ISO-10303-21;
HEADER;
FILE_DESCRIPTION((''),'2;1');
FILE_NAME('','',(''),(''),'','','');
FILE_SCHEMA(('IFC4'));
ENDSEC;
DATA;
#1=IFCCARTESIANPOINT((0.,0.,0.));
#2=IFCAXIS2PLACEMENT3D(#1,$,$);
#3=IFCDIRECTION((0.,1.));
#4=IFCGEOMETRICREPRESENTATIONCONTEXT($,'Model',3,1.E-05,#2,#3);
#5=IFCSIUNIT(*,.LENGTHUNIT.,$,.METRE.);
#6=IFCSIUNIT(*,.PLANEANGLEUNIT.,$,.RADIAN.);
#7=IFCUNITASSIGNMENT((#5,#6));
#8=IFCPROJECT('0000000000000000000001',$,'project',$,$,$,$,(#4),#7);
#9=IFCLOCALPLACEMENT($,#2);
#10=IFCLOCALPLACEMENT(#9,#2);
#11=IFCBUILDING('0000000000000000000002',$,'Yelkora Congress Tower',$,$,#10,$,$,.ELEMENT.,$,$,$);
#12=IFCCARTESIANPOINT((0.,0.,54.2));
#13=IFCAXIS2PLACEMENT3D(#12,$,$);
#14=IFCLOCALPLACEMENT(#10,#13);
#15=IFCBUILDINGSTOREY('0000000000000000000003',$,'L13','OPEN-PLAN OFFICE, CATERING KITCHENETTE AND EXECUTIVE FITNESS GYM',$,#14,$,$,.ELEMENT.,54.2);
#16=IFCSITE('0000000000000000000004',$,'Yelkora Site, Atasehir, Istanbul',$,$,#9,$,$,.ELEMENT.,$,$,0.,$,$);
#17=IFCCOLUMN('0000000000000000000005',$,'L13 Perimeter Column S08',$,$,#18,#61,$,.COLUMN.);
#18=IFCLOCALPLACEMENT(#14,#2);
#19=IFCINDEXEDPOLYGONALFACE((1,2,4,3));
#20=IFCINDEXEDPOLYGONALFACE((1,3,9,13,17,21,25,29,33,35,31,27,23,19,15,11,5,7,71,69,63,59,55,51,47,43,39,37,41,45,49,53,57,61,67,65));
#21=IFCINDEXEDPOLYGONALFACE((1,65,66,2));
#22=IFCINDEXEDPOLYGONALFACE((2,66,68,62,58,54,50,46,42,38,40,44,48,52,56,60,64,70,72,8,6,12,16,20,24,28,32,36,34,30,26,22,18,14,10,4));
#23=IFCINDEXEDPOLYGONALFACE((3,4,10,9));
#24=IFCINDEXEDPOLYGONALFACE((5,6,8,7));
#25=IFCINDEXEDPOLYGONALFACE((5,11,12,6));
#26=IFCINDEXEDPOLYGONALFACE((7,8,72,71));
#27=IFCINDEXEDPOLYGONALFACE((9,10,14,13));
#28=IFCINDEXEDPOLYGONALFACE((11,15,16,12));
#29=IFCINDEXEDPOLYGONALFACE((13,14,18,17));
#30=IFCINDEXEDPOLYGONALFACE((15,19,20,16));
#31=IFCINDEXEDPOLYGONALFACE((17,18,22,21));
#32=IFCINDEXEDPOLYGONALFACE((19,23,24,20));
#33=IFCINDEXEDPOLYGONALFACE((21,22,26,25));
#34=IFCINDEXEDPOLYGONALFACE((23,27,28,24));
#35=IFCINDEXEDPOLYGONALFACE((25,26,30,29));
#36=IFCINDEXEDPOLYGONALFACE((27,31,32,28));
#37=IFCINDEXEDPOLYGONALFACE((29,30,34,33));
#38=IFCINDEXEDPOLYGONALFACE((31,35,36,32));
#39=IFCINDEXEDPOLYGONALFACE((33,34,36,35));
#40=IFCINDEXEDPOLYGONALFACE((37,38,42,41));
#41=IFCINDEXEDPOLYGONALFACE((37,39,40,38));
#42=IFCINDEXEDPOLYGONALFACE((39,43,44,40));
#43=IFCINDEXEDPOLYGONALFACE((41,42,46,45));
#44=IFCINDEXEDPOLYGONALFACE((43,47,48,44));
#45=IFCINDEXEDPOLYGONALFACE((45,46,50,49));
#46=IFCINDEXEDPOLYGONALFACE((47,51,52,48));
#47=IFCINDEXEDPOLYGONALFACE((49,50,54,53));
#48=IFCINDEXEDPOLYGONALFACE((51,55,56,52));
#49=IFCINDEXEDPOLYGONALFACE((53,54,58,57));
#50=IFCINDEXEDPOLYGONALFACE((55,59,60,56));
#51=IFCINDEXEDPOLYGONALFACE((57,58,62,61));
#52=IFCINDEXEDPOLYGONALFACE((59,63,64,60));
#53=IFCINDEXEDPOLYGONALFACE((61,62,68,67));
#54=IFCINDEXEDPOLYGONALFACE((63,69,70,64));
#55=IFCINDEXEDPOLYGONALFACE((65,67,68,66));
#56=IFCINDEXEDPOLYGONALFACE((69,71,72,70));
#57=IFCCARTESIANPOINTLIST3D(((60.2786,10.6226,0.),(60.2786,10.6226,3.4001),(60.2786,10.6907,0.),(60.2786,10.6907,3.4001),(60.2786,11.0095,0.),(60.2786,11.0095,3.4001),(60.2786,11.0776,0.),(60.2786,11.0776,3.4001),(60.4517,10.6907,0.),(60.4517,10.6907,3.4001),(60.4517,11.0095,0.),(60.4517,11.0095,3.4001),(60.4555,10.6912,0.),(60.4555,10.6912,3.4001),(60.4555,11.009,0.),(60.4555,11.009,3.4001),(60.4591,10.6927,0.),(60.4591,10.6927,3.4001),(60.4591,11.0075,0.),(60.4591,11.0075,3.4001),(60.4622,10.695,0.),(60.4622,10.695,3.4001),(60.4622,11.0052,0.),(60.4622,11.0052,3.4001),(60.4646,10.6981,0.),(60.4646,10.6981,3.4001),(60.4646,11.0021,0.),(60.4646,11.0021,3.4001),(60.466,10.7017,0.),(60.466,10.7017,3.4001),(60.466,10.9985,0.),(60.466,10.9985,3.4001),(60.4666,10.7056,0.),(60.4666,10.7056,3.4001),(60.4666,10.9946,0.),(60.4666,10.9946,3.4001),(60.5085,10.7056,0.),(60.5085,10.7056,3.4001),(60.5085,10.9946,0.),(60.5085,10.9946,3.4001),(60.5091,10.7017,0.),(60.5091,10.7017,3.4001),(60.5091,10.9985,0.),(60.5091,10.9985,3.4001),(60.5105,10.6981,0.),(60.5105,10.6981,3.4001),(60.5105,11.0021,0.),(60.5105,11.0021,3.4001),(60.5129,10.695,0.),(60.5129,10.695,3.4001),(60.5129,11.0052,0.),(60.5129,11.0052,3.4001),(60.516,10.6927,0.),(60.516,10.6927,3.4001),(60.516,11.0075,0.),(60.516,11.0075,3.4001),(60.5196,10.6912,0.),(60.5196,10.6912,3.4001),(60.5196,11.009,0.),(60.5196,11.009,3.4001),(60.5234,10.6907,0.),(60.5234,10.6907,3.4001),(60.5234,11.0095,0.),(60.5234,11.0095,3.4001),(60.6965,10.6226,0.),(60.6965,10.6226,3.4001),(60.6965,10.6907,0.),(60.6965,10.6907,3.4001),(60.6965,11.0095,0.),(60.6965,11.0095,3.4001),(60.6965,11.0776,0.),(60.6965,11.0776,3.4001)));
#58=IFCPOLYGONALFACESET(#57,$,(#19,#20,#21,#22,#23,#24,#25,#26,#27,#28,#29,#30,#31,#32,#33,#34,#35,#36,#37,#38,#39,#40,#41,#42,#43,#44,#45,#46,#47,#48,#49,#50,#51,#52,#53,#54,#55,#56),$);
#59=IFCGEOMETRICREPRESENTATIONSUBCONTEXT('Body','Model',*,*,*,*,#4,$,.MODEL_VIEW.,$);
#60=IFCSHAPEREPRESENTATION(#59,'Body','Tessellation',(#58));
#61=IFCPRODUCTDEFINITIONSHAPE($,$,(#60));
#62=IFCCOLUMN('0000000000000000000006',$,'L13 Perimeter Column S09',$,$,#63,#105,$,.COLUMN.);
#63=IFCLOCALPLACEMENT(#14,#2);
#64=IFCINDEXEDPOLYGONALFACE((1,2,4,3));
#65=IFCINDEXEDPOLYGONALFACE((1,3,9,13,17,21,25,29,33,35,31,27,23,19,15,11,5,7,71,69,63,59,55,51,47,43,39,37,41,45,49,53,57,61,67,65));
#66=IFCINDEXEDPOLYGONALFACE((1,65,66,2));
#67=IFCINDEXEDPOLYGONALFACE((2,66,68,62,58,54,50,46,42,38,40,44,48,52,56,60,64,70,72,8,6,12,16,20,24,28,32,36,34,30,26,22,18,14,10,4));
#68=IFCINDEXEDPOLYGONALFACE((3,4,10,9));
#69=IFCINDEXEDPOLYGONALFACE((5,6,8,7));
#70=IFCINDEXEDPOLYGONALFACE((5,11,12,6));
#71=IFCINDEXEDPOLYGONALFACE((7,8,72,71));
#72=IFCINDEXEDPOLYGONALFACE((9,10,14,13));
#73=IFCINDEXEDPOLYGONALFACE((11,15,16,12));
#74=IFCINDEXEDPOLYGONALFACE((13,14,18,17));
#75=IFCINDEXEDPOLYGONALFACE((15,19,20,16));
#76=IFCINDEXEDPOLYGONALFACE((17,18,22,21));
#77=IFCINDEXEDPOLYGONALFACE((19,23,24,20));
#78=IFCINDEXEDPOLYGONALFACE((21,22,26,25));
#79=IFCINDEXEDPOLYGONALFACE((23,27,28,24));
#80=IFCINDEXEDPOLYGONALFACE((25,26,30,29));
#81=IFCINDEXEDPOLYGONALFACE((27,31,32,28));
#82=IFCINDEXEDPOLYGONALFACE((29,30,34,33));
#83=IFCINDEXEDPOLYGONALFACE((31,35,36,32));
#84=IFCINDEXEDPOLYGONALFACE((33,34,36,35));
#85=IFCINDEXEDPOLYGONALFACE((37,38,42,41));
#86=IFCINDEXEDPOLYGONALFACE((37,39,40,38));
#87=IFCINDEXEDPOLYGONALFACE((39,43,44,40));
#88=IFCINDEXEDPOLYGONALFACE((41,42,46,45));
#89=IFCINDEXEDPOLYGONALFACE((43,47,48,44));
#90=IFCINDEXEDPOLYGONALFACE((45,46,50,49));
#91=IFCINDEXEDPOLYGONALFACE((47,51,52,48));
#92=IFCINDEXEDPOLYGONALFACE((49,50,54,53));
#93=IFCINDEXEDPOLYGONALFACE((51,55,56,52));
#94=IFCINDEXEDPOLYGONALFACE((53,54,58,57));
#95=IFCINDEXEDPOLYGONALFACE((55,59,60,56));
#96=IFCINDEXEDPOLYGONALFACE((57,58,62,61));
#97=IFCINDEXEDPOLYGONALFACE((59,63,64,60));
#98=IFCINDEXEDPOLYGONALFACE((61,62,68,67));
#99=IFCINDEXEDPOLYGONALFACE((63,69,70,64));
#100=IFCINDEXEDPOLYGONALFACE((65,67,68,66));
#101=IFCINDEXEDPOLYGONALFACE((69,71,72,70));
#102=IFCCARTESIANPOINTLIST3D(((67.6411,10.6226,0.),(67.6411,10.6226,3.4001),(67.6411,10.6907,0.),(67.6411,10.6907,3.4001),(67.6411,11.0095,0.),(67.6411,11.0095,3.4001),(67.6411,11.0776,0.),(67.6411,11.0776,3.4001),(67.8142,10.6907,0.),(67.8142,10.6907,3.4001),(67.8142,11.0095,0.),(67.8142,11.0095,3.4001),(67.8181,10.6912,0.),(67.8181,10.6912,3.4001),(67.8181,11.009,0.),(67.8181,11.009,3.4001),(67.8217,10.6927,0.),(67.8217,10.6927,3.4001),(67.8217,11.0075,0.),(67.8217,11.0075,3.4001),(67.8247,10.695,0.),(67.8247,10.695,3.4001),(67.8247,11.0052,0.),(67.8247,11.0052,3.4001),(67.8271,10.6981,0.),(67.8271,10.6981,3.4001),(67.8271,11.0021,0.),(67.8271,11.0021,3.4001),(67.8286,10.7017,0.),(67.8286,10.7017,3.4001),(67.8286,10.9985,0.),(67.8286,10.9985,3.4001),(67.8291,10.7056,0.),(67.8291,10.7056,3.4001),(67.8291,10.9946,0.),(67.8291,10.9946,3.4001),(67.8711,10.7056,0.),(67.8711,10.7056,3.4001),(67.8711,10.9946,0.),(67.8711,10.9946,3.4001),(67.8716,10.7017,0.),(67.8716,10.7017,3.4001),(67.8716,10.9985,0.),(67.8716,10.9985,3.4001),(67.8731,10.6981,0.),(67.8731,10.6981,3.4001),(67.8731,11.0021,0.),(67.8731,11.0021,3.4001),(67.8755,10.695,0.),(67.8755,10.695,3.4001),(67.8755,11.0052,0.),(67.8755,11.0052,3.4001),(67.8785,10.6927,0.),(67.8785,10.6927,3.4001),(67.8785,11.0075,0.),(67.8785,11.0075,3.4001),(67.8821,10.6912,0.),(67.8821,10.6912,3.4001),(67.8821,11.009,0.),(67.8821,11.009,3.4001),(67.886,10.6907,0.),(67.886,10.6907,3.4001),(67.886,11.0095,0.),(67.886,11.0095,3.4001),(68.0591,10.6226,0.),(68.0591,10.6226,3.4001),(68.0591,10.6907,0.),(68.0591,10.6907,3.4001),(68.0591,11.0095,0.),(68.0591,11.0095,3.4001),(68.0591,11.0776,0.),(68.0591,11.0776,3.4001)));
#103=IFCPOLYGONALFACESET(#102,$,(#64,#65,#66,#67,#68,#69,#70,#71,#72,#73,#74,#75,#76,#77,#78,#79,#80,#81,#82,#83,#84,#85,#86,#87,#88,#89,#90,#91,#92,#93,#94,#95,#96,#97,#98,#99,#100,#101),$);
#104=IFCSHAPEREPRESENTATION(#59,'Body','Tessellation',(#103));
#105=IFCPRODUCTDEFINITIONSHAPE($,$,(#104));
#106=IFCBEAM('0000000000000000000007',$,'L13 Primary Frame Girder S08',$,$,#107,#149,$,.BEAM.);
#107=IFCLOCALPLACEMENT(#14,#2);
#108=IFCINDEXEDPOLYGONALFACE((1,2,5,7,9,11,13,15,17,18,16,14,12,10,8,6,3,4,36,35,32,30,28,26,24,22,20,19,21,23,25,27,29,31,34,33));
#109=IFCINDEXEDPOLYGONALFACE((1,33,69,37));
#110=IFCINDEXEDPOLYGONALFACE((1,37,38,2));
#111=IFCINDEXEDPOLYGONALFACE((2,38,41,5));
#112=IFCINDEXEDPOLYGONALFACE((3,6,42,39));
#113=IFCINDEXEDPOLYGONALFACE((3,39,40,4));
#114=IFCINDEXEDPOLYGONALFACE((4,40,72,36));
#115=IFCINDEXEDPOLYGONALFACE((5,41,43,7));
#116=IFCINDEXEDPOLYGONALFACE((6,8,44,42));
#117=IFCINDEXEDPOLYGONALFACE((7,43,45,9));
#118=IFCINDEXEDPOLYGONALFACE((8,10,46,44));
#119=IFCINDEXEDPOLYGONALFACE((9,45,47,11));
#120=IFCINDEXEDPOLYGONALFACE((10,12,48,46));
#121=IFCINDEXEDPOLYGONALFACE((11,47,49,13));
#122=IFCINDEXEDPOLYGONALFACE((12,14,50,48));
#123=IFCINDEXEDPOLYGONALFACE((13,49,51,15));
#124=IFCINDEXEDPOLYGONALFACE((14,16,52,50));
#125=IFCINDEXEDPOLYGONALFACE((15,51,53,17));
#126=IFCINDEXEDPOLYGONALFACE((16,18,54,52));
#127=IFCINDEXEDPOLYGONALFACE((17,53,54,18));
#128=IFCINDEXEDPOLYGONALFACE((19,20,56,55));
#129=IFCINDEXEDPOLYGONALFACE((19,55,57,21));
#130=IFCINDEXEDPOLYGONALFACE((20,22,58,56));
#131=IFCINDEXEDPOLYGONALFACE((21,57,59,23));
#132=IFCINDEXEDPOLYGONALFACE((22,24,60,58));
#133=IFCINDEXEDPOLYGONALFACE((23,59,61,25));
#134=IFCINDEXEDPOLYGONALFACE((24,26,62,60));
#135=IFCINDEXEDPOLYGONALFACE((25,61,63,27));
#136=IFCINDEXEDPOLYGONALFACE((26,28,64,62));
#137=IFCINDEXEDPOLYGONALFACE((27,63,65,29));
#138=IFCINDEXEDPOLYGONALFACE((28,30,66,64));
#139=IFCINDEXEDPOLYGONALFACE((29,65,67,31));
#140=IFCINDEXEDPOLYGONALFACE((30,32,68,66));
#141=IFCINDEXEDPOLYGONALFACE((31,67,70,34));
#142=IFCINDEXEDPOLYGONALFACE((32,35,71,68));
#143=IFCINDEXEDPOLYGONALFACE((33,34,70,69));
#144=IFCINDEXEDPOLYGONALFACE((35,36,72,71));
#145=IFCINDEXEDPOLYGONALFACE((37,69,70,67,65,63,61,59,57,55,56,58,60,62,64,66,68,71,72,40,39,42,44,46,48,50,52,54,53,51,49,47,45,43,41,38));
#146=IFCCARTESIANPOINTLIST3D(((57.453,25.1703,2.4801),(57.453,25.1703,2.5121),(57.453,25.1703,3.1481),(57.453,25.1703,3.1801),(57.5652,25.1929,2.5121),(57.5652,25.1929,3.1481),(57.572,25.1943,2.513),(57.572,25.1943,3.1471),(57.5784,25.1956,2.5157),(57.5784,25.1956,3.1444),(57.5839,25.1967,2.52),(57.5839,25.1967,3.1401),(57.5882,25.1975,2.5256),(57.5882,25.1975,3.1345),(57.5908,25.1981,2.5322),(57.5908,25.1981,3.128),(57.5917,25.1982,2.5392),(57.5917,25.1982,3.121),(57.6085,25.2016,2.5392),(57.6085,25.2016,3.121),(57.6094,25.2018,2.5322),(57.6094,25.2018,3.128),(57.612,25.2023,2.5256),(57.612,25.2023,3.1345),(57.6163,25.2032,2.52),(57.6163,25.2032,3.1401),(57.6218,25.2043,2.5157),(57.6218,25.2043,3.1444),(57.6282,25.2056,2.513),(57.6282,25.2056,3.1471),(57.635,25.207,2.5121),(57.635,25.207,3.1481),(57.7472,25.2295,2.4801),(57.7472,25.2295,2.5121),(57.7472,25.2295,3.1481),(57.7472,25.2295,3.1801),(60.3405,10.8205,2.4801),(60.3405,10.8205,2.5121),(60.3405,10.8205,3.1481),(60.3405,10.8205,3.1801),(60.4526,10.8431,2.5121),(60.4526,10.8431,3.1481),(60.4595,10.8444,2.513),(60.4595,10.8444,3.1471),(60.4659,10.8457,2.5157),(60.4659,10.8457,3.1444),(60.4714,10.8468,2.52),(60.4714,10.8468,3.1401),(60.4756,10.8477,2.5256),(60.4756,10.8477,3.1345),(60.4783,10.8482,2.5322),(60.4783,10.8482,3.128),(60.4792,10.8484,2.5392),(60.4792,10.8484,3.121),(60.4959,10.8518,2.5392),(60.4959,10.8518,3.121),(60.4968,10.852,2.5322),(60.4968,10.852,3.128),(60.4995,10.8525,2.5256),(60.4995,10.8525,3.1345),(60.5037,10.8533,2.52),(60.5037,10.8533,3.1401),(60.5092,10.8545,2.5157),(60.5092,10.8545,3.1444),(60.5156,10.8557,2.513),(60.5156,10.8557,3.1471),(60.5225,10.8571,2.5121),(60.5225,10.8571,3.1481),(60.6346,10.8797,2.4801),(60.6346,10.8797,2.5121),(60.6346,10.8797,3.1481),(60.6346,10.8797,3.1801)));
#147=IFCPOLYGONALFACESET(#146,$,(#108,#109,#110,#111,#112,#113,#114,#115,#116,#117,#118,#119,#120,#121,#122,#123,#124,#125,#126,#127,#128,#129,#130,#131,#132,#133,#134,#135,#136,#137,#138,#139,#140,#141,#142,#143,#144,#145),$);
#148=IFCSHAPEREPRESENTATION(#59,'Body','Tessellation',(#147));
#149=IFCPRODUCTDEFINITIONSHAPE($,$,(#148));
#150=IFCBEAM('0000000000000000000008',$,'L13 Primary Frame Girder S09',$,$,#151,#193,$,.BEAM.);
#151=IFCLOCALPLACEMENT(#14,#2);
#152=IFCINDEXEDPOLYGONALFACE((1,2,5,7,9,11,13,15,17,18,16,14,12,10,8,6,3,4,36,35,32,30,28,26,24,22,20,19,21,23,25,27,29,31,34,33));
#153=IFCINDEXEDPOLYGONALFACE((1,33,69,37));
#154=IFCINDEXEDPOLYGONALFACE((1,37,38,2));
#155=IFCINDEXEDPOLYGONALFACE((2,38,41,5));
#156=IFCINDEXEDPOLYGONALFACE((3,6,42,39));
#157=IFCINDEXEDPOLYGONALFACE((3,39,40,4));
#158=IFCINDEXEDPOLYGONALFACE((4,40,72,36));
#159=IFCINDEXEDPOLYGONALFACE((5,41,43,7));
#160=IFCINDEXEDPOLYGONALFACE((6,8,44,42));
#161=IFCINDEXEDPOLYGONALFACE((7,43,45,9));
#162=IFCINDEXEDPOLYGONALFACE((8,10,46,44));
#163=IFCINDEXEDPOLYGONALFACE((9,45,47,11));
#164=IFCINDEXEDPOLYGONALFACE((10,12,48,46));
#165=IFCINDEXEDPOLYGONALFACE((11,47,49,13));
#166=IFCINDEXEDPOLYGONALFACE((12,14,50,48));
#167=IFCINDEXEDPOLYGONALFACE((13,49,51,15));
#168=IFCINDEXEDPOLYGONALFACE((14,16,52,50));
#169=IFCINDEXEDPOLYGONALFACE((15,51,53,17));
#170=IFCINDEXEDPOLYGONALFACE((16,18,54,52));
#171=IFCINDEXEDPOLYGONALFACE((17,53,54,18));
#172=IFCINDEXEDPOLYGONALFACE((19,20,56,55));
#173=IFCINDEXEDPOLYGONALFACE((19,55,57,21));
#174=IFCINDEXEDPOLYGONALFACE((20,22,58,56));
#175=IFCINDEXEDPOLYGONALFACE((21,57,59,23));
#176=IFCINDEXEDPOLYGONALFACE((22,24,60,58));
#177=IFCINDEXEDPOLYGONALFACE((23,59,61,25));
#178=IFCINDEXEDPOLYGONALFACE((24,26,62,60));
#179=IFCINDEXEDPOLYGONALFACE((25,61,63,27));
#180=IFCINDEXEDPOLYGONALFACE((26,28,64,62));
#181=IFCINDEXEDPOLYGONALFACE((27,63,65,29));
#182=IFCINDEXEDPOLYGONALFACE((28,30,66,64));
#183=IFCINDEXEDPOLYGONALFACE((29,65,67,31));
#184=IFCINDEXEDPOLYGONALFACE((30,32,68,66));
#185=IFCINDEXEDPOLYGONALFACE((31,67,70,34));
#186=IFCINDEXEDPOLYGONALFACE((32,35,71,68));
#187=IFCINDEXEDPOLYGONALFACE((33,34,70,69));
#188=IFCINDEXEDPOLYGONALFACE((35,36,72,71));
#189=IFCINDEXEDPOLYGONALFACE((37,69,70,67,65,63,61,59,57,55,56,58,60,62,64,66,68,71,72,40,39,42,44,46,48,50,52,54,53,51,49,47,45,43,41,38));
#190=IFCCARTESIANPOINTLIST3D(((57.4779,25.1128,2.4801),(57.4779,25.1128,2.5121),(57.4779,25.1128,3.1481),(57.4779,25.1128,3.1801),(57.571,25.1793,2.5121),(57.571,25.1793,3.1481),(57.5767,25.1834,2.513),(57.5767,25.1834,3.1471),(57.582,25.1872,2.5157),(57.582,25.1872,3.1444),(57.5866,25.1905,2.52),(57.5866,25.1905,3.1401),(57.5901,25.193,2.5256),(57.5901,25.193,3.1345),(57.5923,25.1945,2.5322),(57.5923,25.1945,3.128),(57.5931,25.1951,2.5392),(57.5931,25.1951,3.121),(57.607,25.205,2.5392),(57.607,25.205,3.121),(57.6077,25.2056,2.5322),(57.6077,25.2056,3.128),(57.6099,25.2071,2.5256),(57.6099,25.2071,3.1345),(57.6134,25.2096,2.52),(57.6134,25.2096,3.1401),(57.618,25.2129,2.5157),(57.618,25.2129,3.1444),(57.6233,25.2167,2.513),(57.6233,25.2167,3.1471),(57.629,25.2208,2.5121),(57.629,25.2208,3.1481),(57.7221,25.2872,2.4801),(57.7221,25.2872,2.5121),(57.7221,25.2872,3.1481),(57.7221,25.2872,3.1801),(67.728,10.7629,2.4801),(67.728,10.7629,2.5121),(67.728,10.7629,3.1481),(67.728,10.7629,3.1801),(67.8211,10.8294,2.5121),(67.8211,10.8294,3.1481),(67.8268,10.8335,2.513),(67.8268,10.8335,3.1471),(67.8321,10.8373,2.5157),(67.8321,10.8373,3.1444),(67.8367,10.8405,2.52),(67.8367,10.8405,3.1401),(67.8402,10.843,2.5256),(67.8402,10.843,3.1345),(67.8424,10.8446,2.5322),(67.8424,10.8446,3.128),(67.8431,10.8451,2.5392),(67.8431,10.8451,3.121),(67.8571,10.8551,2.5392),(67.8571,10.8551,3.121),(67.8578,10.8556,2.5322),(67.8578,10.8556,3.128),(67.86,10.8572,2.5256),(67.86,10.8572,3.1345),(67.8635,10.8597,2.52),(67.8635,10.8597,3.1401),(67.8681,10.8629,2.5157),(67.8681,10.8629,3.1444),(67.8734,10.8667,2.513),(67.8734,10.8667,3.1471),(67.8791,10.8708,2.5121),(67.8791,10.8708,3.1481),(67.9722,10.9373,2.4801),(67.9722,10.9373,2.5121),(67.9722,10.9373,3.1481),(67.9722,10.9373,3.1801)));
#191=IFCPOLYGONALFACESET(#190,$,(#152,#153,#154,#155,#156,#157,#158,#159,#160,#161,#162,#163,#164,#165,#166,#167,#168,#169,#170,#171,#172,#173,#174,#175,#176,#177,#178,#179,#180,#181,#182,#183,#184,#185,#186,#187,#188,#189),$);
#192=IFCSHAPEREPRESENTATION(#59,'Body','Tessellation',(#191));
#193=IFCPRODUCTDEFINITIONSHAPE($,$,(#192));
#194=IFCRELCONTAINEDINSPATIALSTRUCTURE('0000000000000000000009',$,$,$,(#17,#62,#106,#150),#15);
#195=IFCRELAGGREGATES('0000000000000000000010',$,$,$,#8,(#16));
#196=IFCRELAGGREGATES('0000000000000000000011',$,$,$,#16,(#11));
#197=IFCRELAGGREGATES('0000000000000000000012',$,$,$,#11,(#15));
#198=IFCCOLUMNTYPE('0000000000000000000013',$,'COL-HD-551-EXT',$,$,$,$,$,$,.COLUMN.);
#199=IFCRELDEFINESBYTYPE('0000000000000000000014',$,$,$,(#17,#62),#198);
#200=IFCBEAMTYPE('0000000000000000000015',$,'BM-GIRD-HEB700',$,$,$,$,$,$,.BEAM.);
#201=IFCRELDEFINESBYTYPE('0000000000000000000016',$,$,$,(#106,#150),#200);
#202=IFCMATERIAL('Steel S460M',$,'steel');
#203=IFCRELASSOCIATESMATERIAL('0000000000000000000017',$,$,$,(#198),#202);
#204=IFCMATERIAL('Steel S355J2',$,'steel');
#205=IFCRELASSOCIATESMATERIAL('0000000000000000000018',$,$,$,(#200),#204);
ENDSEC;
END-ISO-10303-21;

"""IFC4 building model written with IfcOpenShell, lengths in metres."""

from ifc_helpers import new_model, si_unit, direction, frame, origin, origin_2d, place, context, subcontext, project, spatial, i_section, extrude, material, material_profile, profile_set, type_object, element, save


model = new_model("IFC4")

# Units and contexts
model_context = context("Model", 3, precision=1e-05, world=origin(), true_north=direction((0.0, 1.0)))
body_context = subcontext(model_context, "Body", "Model", "MODEL_VIEW")
ifc_project = project(units=[si_unit("LENGTHUNIT", "METRE"), si_unit("PLANEANGLEUNIT", "RADIAN")], contexts=[model_context])

# Site, building, storey
site_placement = place(None, origin())
site = spatial("IfcSite", under=ifc_project, at=site_placement, Name="Yelkora Site, Atasehir, Istanbul", CompositionType="ELEMENT", RefElevation=0.0)
building_placement = place(site_placement, origin())
building = spatial("IfcBuilding", under=site, at=building_placement, Name="Yelkora Congress Tower", CompositionType="ELEMENT")
storey_placement = place(building_placement, frame((0.0, 0.0, 54.2)))
storey = spatial("IfcBuildingStorey", under=building, at=storey_placement, Name="L13", Description="OPEN-PLAN OFFICE, CATERING KITCHENETTE AND EXECUTIVE FITNESS GYM", CompositionType="ELEMENT", Elevation=54.2)

# Columns
ifc_material_1 = material(Name="Steel S460M", Category="steel")
ifc_material_profile_1 = material_profile(ifc_material_1, i_section(OverallWidth=0.418, OverallDepth=0.4551, WebThickness=0.042, FlangeThickness=0.0681, FilletRadius=0.0149, at=origin_2d()), Name="HD 400x551")
ifc_profile_set_1 = profile_set([ifc_material_profile_1], Name="Steel S460M")
column_type = type_object("IfcColumnType", Name="COL-HD-551-EXT", PredefinedType="COLUMN", material=ifc_profile_set_1)
for number, where, z_axis, x_axis, name in (
    (1, (60.4875, 10.8501, 0.0), (0.0, 0.0, 1.0), (1.0, 0.0, 0.0), "L13 Perimeter Column S08"),
    (2, (67.8501, 10.8501, 0.0), (0.0, 0.0, 1.0), (1.0, 0.0, 0.0), "L13 Perimeter Column S09"),
):
    element("IfcColumn", number, at=place(storey_placement, frame(where, z_axis=z_axis, x_axis=x_axis)), inside=storey, type_object=column_type, Name=name, PredefinedType="COLUMN", context=body_context, shape_type="SweptSolid", body=[
        extrude(i_section(OverallWidth=0.418, OverallDepth=0.4551, WebThickness=0.042, FlangeThickness=0.0681, FilletRadius=0.0149, at=origin_2d()), origin(), (0.0, 0.0, 1.0), 3.4001),
    ])

# Beams
ifc_material_2 = material(Name="Steel S355J2", Category="steel")
ifc_material_profile_2 = material_profile(ifc_material_2, i_section(OverallWidth=0.3, OverallDepth=0.7, WebThickness=0.0171, FlangeThickness=0.032, FilletRadius=0.0271, at=origin_2d()), Name="HEB 700")
ifc_profile_set_2 = profile_set([ifc_material_profile_2], Name="Steel S355J2")
beam_type_1 = type_object("IfcBeamType", Name="BM-GIRD-HEB700", PredefinedType="BEAM", material=ifc_profile_set_2)
beam_1_placement = place(storey_placement, frame((60.4875, 10.8501, 2.8301), z_axis=(-0.197264, 0.98035, 0.0), x_axis=(-0.98035, -0.197264, 0.0)))
element("IfcBeam", 3, at=beam_1_placement, inside=storey, type_object=beam_type_1, Name="L13 Primary Frame Girder S08", PredefinedType="BEAM", context=body_context, shape_type="SweptSolid", body=[
    extrude(i_section(OverallWidth=0.3, OverallDepth=0.7, WebThickness=0.0171, FlangeThickness=0.032, FilletRadius=0.0271, at=origin_2d()), origin(), (0.0, 0.0, 1.0), 14.6375),
])
beam_2_placement = place(storey_placement, frame((67.8501, 10.8501, 2.8301), z_axis=(-0.581242, 0.813731, 0.0), x_axis=(-0.813731, -0.581242, 0.0)))
element("IfcBeam", 4, at=beam_2_placement, inside=storey, type_object=beam_type_1, Name="L13 Primary Frame Girder S09", PredefinedType="BEAM", context=body_context, shape_type="SweptSolid", body=[
    extrude(i_section(OverallWidth=0.3, OverallDepth=0.7, WebThickness=0.0171, FlangeThickness=0.032, FilletRadius=0.0271, at=origin_2d()), origin(), (0.0, 0.0, 1.0), 17.6348),
])

save(model, "model.ifc")
